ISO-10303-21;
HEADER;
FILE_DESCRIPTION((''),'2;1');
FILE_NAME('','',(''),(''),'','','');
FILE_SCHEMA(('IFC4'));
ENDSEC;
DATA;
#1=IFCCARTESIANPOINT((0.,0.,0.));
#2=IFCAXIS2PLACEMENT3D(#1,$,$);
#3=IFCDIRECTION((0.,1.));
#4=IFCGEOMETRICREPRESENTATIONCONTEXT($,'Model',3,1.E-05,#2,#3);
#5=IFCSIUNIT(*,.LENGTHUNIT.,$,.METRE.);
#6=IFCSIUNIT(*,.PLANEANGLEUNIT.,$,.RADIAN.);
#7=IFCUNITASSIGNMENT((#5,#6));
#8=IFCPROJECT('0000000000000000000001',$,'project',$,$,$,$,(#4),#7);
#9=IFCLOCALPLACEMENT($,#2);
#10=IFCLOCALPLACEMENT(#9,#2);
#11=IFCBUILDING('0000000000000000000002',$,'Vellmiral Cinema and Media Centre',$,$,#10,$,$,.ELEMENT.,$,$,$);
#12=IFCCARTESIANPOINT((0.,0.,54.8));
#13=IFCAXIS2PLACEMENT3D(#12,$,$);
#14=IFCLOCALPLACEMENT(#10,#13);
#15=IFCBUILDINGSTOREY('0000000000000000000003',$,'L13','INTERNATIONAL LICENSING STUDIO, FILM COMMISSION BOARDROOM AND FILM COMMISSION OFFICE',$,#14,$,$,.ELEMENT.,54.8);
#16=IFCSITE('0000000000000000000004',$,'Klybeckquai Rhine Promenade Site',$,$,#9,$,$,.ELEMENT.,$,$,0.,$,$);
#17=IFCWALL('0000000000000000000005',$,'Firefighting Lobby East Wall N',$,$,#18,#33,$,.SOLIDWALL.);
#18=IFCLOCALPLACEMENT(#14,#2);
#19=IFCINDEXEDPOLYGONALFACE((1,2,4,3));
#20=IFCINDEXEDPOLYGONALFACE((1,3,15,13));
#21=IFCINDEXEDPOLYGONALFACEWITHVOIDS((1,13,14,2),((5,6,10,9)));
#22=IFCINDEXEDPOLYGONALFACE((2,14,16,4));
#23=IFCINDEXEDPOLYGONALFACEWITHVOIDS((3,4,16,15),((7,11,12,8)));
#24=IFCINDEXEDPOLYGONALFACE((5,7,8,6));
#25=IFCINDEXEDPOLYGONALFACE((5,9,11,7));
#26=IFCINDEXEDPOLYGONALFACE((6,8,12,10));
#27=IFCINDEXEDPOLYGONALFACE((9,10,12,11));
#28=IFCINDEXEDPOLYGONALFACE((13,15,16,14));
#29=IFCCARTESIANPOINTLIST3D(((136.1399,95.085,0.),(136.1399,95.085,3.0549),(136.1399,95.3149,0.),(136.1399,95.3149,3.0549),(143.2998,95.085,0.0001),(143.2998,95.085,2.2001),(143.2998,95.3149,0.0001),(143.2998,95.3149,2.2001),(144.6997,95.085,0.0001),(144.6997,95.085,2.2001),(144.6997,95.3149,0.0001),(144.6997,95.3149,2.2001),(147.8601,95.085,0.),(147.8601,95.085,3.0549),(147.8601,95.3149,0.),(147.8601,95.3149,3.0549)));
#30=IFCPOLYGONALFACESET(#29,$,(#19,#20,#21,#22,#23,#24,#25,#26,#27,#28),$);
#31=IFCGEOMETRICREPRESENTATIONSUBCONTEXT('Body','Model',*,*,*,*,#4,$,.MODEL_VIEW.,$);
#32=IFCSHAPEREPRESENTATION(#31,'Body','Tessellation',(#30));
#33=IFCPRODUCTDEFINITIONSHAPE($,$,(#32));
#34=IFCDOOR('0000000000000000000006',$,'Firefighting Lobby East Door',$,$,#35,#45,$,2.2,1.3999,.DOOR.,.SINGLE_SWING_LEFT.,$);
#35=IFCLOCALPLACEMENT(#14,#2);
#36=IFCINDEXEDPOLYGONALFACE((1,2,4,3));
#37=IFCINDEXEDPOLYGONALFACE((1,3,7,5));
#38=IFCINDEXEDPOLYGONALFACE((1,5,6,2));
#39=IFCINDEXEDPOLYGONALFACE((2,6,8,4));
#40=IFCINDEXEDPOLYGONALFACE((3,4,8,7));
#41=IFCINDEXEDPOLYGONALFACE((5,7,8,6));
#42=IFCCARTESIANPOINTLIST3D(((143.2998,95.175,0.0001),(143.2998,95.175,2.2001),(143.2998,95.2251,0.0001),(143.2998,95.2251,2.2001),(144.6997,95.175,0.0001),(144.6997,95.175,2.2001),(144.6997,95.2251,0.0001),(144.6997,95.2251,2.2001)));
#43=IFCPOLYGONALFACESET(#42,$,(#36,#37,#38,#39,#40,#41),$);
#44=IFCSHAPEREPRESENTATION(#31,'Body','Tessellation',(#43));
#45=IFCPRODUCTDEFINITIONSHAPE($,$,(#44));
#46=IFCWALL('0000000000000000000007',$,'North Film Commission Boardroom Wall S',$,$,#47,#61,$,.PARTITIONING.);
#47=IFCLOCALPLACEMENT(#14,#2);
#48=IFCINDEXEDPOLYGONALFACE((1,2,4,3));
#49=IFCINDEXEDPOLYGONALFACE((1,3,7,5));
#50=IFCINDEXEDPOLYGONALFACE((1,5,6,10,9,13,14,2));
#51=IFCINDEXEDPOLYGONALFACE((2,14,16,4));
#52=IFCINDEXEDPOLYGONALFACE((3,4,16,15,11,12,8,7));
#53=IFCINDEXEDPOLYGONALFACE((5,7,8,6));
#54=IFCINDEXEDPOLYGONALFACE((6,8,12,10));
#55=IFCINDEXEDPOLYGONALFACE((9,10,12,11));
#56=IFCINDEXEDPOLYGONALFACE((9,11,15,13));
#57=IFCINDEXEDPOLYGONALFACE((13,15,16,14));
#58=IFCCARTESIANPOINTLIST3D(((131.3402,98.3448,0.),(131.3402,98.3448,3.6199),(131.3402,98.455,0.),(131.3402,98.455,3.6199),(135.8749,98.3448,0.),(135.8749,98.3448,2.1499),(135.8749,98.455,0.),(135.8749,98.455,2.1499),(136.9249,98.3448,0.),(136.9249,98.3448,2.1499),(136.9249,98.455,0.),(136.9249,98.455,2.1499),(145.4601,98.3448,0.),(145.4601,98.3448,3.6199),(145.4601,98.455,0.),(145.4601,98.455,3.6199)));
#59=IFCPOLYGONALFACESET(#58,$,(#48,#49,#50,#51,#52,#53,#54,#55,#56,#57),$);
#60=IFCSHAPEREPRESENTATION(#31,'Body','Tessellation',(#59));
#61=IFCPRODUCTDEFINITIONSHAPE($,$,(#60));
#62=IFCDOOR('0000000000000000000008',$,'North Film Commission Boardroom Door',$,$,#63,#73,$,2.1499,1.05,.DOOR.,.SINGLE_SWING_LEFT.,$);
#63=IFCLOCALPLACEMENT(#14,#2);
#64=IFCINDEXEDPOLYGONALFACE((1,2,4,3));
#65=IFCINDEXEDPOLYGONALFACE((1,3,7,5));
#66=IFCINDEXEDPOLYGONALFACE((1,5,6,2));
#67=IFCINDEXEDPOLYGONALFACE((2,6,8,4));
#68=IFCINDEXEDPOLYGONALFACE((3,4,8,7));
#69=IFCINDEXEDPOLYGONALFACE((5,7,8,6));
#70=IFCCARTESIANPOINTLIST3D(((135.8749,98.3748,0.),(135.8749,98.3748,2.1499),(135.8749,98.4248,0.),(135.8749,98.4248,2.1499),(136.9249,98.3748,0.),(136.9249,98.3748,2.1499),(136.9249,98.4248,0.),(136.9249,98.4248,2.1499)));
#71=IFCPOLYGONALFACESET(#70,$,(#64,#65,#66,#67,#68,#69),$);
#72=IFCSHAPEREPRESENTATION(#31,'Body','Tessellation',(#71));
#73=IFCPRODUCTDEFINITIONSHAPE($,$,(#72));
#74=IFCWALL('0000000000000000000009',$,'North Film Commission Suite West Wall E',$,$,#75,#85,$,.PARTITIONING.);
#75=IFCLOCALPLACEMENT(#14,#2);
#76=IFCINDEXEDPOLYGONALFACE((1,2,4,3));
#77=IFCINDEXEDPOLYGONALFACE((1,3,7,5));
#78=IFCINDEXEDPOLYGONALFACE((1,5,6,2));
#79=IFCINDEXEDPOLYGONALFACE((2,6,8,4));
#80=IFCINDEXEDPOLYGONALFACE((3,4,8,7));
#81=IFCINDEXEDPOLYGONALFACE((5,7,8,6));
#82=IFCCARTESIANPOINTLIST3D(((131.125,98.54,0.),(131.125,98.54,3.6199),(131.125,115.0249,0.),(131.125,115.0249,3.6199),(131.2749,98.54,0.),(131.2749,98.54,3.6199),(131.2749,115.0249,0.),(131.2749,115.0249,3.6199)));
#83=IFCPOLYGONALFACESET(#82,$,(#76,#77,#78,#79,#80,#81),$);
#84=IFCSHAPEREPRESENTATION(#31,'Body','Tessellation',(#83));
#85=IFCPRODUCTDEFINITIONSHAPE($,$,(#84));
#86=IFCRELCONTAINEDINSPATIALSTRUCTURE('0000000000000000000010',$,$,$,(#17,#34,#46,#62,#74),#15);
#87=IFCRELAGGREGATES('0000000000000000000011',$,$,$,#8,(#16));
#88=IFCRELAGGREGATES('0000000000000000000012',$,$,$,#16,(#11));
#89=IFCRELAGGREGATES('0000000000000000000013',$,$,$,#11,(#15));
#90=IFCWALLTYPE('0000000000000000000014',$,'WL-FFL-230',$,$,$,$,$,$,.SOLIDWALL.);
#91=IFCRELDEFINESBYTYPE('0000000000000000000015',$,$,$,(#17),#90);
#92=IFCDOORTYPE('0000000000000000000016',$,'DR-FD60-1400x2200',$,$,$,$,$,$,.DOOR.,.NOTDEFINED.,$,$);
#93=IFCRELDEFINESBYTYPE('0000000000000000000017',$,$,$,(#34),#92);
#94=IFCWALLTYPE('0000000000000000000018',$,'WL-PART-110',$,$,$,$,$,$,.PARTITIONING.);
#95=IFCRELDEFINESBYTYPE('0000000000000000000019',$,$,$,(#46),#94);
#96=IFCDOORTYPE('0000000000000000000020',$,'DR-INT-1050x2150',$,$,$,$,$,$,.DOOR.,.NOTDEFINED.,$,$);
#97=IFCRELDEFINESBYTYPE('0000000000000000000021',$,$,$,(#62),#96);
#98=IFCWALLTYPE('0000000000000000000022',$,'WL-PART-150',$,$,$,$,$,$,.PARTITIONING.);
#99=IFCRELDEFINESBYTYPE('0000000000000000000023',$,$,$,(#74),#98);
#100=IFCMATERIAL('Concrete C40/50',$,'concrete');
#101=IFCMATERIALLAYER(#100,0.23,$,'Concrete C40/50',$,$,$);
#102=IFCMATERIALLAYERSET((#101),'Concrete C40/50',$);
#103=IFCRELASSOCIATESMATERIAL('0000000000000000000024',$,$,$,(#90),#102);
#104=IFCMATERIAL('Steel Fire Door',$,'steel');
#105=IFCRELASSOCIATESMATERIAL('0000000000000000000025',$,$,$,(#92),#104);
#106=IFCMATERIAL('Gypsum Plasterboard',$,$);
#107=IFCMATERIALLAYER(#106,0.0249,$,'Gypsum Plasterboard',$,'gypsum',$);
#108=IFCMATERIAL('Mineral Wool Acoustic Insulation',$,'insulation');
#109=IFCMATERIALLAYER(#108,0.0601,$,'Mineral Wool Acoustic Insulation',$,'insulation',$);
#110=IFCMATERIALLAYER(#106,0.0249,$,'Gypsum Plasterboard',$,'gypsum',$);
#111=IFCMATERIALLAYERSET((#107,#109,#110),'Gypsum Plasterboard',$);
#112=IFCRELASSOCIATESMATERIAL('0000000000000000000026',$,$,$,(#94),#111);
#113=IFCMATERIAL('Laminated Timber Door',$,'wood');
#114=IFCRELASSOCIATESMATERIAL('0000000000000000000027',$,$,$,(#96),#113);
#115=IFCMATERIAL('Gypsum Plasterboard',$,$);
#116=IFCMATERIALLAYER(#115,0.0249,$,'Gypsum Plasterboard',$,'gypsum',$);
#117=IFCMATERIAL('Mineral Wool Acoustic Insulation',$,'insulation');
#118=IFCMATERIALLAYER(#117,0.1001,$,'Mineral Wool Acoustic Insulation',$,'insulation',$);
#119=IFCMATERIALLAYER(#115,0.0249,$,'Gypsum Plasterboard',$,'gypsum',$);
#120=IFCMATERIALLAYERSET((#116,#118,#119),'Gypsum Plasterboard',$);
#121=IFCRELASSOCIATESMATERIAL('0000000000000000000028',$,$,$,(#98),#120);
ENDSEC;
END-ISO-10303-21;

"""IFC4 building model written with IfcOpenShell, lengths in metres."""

from ifc_helpers import new_model, si_unit, direction, frame, frame_2d, origin, place, context, subcontext, project, spatial, rectangle, extrude, material, layer, layer_set, type_object, element, fill, save


model = new_model("IFC4")

# Units and contexts
model_context = context("Model", 3, precision=1e-05, world=origin(), true_north=direction((0.0, 1.0)))
body_context = subcontext(model_context, "Body", "Model", "MODEL_VIEW")
ifc_project = project(units=[si_unit("LENGTHUNIT", "METRE"), si_unit("PLANEANGLEUNIT", "RADIAN")], contexts=[model_context])

# Site, building, storey
site_placement = place(None, origin())
site = spatial("IfcSite", under=ifc_project, at=site_placement, Name="Klybeckquai Rhine Promenade Site", CompositionType="ELEMENT", RefElevation=0.0)
building_placement = place(site_placement, origin())
building = spatial("IfcBuilding", under=site, at=building_placement, Name="Vellmiral Cinema and Media Centre", CompositionType="ELEMENT")
storey_placement = place(building_placement, frame((0.0, 0.0, 54.8)))
storey = spatial("IfcBuildingStorey", under=building, at=storey_placement, Name="L13", Description="INTERNATIONAL LICENSING STUDIO, FILM COMMISSION BOARDROOM AND FILM COMMISSION OFFICE", CompositionType="ELEMENT", Elevation=54.8)

# Walls, openings, doors
ifc_material_1 = material(Name="Concrete C40/50", Category="concrete")
ifc_layer_1 = layer(ifc_material_1, 0.23, Name="Concrete C40/50")
ifc_layer_set_1 = layer_set([ifc_layer_1], Name="Concrete C40/50")
wall_type_1 = type_object("IfcWallType", Name="WL-FFL-230", PredefinedType="SOLIDWALL", material=ifc_layer_set_1)
wall_1_placement = place(storey_placement, frame((136.1399, 95.2, 0.0), z_axis=(0.0, 0.0, 1.0), x_axis=(1.0, 0.0, 0.0)))
wall_1 = element("IfcWall", 1, at=wall_1_placement, inside=storey, type_object=wall_type_1, Name="Firefighting Lobby East Wall N", PredefinedType="SOLIDWALL", context=body_context, shape_type="SweptSolid", body=[
    extrude(rectangle(XDim=11.7202, YDim=0.23, at=frame_2d((5.8601, 0.0))), origin(), (0.0, 0.0, 1.0), 3.0549),
])
opening_1_placement = place(wall_1_placement, frame((7.1599, 0.0, 0.0)))
opening_1 = element("IfcOpeningElement", 2, at=opening_1_placement, cuts=wall_1, PredefinedType="OPENING", context=body_context, shape_type="SweptSolid", body=[
    extrude(rectangle(XDim=1.3999, YDim=2.2, at=frame_2d((0.7, 1.1001))), frame((0.0, 0.127, 0.0), z_axis=(0.0, -1.0, 0.0), x_axis=(1.0, 0.0, 0.0)), (0.0, 0.0, 1.0), 0.2539),
])
ifc_material_2 = material(Name="Steel Fire Door", Category="steel")
door_type_1 = type_object("IfcDoorType", Name="DR-FD60-1400x2200", OperationType="NOTDEFINED", PredefinedType="DOOR", material=ifc_material_2)
door_1_placement = place(opening_1_placement, frame((1.3999, 0.0, 0.0), z_axis=(0.0, 0.0, 1.0), x_axis=(-1.0, 0.0, 0.0)))
door_1 = element("IfcDoor", 3, at=door_1_placement, inside=storey, type_object=door_type_1, Name="Firefighting Lobby East Door", OperationType="SINGLE_SWING_LEFT", OverallHeight=2.2, OverallWidth=1.3999, PredefinedType="DOOR", context=body_context, shape_type="SweptSolid", body=[
    extrude(rectangle(XDim=1.3999, YDim=2.2, at=frame_2d((0.7, 1.1001))), frame((0.0, 0.0249, 0.0), z_axis=(0.0, -1.0, 0.0), x_axis=(1.0, 0.0, 0.0)), (0.0, 0.0, 1.0), 0.05),
])
fill(opening_1, door_1)
ifc_material_3 = material(Name="Gypsum Plasterboard")
ifc_layer_2 = layer(ifc_material_3, 0.0249, Name="Gypsum Plasterboard", Category="gypsum")
ifc_material_4 = material(Name="Mineral Wool Acoustic Insulation", Category="insulation")
ifc_layer_3 = layer(ifc_material_4, 0.0601, Name="Mineral Wool Acoustic Insulation", Category="insulation")
ifc_layer_4 = layer(ifc_material_3, 0.0249, Name="Gypsum Plasterboard", Category="gypsum")
ifc_layer_set_2 = layer_set([ifc_layer_2, ifc_layer_3, ifc_layer_4], Name="Gypsum Plasterboard")
wall_type_2 = type_object("IfcWallType", Name="WL-PART-110", PredefinedType="PARTITIONING", material=ifc_layer_set_2)
wall_2_placement = place(storey_placement, frame((131.3401, 98.3999, 0.0), z_axis=(0.0, 0.0, 1.0), x_axis=(1.0, 0.0, 0.0)))
wall_2 = element("IfcWall", 4, at=wall_2_placement, inside=storey, type_object=wall_type_2, Name="North Film Commission Boardroom Wall S", PredefinedType="PARTITIONING", context=body_context, shape_type="SweptSolid", body=[
    extrude(rectangle(XDim=14.1199, YDim=0.1101, at=frame_2d((7.0601, 0.0))), origin(), (0.0, 0.0, 1.0), 3.6199),
])
opening_2_placement = place(wall_2_placement, frame((4.5349, 0.0, 0.0)))
opening_2 = element("IfcOpeningElement", 5, at=opening_2_placement, cuts=wall_2, PredefinedType="OPENING", context=body_context, shape_type="SweptSolid", body=[
    extrude(rectangle(XDim=1.05, YDim=2.1499, at=frame_2d((0.5249, 1.075))), frame((0.0, 0.0669, 0.0), z_axis=(0.0, -1.0, 0.0), x_axis=(1.0, 0.0, 0.0)), (0.0, 0.0, 1.0), 0.134),
])
ifc_material_5 = material(Name="Laminated Timber Door", Category="wood")
door_type_2 = type_object("IfcDoorType", Name="DR-INT-1050x2150", OperationType="NOTDEFINED", PredefinedType="DOOR", material=ifc_material_5)
door_2_placement = place(opening_2_placement, origin())
door_2 = element("IfcDoor", 6, at=door_2_placement, inside=storey, type_object=door_type_2, Name="North Film Commission Boardroom Door", OperationType="SINGLE_SWING_LEFT", OverallHeight=2.1499, OverallWidth=1.05, PredefinedType="DOOR", context=body_context, shape_type="SweptSolid", body=[
    extrude(rectangle(XDim=1.05, YDim=2.1499, at=frame_2d((0.5249, 1.075))), frame((0.0, 0.0249, 0.0), z_axis=(0.0, -1.0, 0.0), x_axis=(1.0, 0.0, 0.0)), (0.0, 0.0, 1.0), 0.05),
])
fill(opening_2, door_2)

# Wall
ifc_material_6 = material(Name="Gypsum Plasterboard")
ifc_layer_5 = layer(ifc_material_6, 0.0249, Name="Gypsum Plasterboard", Category="gypsum")
ifc_material_7 = material(Name="Mineral Wool Acoustic Insulation", Category="insulation")
ifc_layer_6 = layer(ifc_material_7, 0.1001, Name="Mineral Wool Acoustic Insulation", Category="insulation")
ifc_layer_7 = layer(ifc_material_6, 0.0249, Name="Gypsum Plasterboard", Category="gypsum")
ifc_layer_set_3 = layer_set([ifc_layer_5, ifc_layer_6, ifc_layer_7], Name="Gypsum Plasterboard")
wall_type_3 = type_object("IfcWallType", Name="WL-PART-150", PredefinedType="PARTITIONING", material=ifc_layer_set_3)
wall_3_placement = place(storey_placement, frame((131.2, 98.54, 0.0), z_axis=(0.0, 0.0, 1.0), x_axis=(0.0, 1.0, 0.0)))
element("IfcWall", 7, at=wall_3_placement, inside=storey, type_object=wall_type_3, Name="North Film Commission Suite West Wall E", PredefinedType="PARTITIONING", context=body_context, shape_type="SweptSolid", body=[
    extrude(rectangle(XDim=16.4849, YDim=0.1499, at=frame_2d((8.2424, 0.0))), origin(), (0.0, 0.0, 1.0), 3.6199),
])

save(model, "model.ifc")
